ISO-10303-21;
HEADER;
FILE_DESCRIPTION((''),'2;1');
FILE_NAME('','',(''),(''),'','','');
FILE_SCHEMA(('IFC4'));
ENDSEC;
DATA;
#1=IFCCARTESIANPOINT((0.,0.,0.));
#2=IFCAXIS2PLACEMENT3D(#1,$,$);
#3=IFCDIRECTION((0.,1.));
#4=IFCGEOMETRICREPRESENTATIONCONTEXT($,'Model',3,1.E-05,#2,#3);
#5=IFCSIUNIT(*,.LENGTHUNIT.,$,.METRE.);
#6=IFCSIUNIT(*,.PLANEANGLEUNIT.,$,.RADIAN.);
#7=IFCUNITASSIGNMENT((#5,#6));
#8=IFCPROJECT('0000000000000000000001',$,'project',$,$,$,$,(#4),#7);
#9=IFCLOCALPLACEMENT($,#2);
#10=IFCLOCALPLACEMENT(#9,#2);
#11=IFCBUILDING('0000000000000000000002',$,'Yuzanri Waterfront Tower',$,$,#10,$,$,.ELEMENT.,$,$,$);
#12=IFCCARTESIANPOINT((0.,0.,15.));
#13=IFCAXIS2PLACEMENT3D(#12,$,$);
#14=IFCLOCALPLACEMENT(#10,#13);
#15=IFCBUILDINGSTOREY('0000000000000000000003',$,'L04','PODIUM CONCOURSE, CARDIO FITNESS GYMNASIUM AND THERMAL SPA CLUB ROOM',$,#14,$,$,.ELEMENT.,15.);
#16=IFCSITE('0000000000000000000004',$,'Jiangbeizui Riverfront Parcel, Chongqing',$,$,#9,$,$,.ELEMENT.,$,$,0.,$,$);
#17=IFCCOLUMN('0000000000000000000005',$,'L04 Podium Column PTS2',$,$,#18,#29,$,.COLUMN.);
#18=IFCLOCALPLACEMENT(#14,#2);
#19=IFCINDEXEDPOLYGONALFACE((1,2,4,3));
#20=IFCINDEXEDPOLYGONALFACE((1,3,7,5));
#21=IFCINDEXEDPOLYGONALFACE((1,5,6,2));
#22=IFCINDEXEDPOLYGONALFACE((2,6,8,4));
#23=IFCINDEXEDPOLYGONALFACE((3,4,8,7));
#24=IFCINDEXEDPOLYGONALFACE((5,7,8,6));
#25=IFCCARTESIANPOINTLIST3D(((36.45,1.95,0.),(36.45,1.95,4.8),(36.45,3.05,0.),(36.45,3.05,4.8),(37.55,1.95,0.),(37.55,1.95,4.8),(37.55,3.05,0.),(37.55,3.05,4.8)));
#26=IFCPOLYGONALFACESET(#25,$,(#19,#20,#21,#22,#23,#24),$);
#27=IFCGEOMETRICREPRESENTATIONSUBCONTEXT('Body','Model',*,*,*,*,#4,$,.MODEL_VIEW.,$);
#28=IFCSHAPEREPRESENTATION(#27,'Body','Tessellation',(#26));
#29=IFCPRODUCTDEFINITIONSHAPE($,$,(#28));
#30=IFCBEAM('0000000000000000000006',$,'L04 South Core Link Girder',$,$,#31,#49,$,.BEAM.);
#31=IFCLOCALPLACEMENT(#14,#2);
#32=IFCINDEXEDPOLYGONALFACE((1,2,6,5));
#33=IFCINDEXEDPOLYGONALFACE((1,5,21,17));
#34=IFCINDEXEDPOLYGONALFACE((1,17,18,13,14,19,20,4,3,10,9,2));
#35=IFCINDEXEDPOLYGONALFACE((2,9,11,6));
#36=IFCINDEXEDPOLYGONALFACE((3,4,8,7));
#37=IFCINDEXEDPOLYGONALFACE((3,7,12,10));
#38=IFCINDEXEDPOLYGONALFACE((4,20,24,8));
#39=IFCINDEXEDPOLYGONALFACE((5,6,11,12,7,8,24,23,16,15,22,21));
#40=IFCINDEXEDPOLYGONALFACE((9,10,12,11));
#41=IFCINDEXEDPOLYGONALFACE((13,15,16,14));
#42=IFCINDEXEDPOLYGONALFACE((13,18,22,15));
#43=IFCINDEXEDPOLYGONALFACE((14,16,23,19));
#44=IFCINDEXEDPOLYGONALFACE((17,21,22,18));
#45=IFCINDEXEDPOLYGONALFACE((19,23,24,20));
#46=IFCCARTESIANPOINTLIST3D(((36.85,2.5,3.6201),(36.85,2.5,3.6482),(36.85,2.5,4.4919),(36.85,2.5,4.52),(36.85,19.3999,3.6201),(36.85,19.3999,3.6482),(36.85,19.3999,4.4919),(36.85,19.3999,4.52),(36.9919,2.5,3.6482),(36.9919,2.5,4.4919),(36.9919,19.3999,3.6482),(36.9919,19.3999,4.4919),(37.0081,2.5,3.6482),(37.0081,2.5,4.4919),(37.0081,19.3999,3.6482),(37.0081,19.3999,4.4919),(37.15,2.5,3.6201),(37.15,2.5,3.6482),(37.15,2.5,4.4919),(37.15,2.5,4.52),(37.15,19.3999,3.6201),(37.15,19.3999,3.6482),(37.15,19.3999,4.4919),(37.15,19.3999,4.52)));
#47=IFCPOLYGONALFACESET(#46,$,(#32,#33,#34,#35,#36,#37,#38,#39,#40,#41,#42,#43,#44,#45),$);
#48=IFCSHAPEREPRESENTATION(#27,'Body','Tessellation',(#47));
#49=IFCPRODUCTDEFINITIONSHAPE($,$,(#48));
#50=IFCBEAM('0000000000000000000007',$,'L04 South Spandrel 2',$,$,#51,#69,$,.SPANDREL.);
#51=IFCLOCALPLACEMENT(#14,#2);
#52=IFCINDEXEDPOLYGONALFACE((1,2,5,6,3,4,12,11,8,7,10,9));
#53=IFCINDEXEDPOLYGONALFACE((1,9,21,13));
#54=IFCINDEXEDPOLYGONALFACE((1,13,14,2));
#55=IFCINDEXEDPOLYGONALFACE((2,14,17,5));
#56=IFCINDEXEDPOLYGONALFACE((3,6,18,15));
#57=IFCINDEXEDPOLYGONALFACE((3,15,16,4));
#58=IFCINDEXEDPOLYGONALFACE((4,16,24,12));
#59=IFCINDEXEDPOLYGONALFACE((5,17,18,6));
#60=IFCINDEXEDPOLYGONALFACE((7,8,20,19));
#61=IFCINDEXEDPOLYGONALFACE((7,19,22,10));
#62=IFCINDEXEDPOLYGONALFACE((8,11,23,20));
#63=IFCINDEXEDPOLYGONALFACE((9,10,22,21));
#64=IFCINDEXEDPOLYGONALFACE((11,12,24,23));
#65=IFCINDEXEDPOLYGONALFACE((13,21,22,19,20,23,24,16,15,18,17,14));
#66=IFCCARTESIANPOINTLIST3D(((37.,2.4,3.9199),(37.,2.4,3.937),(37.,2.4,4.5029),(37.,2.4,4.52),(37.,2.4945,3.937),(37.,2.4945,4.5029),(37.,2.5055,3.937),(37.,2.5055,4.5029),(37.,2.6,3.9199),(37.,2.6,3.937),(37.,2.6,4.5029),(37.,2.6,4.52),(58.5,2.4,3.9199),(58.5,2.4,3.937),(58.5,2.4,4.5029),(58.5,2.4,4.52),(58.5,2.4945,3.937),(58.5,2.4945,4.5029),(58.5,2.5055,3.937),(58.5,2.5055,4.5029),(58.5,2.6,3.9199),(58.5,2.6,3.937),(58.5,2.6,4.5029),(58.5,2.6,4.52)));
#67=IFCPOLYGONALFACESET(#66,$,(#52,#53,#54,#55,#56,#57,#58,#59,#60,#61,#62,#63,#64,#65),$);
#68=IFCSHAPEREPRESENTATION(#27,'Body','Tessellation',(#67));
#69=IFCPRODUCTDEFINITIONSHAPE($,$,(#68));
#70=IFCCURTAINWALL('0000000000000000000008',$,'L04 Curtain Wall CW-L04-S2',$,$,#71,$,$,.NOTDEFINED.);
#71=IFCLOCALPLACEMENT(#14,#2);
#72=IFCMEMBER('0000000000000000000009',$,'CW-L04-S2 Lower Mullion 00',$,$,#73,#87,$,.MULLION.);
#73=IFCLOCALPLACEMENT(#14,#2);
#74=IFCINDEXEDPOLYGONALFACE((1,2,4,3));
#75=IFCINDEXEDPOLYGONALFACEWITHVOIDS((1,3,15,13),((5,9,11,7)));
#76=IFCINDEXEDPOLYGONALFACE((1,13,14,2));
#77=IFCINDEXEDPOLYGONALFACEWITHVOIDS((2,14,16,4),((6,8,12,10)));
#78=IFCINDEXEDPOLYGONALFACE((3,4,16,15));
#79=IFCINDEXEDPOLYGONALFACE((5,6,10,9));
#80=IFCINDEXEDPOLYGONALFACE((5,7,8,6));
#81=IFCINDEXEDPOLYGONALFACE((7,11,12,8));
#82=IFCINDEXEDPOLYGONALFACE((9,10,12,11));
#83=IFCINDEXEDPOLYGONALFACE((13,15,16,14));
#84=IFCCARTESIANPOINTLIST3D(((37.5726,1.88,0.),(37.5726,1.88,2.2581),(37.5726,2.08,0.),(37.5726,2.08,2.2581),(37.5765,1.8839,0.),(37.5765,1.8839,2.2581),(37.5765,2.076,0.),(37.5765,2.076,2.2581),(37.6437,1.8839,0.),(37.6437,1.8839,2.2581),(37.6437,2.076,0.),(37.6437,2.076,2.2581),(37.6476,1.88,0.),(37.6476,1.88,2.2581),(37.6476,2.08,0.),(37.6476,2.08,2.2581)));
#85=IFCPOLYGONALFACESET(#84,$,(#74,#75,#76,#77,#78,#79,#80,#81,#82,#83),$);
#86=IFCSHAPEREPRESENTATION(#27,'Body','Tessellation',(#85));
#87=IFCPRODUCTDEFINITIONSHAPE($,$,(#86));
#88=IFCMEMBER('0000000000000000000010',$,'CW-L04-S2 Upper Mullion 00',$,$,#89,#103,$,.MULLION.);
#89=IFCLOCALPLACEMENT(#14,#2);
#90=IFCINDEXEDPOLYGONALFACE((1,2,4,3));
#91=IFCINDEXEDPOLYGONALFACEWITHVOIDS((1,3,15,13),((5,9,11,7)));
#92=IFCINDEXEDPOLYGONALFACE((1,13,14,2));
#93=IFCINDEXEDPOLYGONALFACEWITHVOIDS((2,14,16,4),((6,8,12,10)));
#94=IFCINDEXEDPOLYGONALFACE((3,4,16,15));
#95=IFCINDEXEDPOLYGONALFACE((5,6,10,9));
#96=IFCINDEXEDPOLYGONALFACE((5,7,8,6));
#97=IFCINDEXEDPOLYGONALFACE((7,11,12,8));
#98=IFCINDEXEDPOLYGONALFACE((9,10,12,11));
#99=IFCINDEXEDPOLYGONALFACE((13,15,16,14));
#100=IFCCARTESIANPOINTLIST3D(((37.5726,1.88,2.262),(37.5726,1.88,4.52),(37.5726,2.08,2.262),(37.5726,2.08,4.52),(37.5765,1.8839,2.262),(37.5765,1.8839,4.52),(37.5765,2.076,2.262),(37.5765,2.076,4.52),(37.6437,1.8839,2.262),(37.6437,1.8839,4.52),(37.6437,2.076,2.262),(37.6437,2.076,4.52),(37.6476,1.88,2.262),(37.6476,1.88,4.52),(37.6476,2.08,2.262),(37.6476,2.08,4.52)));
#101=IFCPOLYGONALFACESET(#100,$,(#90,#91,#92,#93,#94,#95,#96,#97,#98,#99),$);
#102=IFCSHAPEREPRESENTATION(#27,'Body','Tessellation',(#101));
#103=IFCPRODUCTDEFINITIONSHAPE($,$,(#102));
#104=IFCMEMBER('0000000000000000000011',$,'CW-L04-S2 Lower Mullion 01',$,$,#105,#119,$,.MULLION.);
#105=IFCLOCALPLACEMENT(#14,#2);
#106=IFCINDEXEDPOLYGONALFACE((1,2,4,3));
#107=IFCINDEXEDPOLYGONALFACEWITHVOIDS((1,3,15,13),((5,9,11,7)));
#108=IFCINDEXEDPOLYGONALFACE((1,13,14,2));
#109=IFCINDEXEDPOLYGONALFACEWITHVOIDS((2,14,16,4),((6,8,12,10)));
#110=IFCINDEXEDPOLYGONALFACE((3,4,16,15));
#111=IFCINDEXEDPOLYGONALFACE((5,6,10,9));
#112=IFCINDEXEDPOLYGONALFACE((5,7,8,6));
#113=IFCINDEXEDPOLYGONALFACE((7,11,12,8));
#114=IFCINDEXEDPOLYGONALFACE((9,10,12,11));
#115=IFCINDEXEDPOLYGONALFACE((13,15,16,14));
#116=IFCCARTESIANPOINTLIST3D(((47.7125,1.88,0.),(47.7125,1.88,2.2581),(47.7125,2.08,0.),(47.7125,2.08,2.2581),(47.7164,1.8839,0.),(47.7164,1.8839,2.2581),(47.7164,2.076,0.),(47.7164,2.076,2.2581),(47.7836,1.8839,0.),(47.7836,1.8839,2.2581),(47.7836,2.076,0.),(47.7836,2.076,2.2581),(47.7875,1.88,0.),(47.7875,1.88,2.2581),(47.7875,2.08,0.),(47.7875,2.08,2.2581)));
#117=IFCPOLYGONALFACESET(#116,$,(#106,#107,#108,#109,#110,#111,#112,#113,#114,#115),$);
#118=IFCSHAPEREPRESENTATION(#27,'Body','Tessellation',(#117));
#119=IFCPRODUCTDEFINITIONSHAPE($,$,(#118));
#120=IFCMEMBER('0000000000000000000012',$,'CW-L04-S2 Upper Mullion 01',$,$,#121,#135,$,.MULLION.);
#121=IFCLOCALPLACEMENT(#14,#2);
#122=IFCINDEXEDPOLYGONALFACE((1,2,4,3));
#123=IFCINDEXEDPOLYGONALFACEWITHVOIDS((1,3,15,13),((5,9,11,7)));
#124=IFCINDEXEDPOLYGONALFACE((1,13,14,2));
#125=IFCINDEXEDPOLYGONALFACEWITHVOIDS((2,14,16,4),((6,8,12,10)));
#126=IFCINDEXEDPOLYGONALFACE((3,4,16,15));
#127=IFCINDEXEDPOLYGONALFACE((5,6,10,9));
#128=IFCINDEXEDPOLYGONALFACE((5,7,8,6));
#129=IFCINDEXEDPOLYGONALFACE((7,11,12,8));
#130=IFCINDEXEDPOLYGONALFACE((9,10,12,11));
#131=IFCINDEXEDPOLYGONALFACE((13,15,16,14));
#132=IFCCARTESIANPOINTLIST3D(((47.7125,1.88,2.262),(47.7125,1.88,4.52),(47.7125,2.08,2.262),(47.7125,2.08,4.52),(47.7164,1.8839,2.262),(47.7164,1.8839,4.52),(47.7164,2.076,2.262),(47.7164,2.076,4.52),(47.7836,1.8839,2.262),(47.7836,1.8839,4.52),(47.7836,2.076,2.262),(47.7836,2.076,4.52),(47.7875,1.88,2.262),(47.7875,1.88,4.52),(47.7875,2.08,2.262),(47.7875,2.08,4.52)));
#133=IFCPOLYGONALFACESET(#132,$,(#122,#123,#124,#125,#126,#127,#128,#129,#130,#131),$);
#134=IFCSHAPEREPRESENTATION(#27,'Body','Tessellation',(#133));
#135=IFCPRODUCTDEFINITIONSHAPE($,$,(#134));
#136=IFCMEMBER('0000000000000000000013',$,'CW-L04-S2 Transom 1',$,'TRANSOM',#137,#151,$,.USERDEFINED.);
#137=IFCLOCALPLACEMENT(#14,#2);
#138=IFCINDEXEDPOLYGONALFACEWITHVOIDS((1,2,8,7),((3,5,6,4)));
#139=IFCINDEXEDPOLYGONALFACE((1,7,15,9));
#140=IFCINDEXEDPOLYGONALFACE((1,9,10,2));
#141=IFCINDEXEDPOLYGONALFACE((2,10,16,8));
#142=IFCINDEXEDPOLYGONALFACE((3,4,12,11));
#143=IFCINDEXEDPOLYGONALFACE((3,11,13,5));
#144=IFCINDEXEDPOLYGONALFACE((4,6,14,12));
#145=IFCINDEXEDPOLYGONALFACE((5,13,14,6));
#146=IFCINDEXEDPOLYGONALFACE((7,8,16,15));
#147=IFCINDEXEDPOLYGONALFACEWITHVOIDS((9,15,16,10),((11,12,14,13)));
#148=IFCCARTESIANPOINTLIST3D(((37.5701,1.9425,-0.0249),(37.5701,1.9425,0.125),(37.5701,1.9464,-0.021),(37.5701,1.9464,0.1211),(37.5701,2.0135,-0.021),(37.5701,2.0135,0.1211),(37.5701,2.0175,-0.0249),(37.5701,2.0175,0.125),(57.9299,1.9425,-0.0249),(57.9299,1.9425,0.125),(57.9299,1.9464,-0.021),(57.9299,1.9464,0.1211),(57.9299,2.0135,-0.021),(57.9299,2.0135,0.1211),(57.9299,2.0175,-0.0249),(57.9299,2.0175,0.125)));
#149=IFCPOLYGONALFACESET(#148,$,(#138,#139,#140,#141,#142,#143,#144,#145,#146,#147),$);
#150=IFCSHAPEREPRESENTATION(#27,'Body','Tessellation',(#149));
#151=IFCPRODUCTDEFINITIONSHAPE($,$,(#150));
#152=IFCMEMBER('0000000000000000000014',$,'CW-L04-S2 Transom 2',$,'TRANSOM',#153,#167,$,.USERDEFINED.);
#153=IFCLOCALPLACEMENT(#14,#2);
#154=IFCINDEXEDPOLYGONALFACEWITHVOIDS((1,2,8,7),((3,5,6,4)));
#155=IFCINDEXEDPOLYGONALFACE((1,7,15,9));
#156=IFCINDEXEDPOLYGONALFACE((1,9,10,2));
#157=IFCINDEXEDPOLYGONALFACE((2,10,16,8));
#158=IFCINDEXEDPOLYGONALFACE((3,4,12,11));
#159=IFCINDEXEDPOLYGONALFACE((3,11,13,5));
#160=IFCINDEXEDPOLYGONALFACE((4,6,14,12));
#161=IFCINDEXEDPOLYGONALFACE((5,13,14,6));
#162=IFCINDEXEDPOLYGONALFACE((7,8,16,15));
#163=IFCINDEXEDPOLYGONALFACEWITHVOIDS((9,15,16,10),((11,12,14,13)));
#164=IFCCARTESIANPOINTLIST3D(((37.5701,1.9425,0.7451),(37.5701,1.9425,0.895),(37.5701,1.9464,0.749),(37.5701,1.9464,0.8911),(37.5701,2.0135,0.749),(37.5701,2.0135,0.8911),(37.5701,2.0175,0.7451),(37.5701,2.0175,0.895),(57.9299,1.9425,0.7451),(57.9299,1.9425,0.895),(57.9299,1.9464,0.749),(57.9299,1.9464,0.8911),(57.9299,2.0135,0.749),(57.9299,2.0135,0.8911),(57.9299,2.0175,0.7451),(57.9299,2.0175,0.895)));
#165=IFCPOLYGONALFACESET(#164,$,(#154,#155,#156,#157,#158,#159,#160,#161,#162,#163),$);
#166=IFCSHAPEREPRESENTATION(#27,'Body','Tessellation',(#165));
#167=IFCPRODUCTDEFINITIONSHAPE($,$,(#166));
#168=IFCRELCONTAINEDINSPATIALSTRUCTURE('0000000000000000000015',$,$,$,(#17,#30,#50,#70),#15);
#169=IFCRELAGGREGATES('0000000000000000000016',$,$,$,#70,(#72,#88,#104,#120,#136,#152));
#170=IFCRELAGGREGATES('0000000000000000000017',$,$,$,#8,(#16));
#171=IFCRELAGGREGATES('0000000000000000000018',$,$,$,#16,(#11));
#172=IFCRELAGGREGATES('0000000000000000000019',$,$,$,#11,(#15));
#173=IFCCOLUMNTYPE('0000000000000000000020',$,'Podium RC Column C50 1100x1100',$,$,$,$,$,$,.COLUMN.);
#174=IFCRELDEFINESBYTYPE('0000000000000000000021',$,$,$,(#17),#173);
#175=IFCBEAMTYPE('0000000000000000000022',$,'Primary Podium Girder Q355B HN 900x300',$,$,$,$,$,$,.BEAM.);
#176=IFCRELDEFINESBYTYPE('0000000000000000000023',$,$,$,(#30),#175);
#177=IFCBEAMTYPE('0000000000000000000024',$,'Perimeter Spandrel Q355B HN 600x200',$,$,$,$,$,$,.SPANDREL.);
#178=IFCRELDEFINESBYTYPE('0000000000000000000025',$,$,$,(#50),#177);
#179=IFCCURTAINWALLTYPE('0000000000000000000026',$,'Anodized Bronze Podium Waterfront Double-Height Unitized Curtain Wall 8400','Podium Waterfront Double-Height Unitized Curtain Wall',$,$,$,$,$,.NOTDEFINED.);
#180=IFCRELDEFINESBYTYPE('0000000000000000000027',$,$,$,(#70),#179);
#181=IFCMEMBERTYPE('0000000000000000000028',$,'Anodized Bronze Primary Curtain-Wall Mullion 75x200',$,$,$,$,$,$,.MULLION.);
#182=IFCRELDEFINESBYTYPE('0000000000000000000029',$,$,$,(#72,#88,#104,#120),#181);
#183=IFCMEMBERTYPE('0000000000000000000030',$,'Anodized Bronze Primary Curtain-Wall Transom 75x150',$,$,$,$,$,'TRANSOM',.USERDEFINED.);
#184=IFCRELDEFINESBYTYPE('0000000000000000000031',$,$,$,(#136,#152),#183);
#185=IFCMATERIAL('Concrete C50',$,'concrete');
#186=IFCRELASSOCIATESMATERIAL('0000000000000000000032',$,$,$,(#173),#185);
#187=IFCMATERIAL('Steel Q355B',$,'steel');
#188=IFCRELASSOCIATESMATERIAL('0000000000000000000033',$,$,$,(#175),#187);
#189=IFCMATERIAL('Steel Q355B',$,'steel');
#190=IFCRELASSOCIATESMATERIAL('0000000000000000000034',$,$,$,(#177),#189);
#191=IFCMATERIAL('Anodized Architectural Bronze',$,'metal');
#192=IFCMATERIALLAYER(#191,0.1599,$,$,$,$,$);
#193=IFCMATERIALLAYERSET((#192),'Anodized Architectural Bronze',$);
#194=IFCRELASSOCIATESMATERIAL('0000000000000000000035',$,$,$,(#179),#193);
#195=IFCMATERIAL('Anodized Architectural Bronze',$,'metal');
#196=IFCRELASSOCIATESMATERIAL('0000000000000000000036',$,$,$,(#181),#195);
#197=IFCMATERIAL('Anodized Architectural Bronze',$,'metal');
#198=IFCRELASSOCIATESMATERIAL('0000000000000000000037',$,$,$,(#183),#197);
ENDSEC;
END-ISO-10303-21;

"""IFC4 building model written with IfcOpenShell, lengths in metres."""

from ifc_helpers import new_model, si_unit, direction, frame, origin, origin_2d, place, context, subcontext, project, spatial, rectangle, hollow_rectangle, i_section, extrude, source, transform, mapped, material, layer, layer_set, material_profile, profile_set, type_object, element, aggregate, save


model = new_model("IFC4")

# Units and contexts
model_context = context("Model", 3, precision=1e-05, world=origin(), true_north=direction((0.0, 1.0)))
body_context = subcontext(model_context, "Body", "Model", "MODEL_VIEW")
ifc_project = project(units=[si_unit("LENGTHUNIT", "METRE"), si_unit("PLANEANGLEUNIT", "RADIAN")], contexts=[model_context])

# Site, building, storey
site_placement = place(None, origin())
site = spatial("IfcSite", under=ifc_project, at=site_placement, Name="Jiangbeizui Riverfront Parcel, Chongqing", CompositionType="ELEMENT", RefElevation=0.0)
building_placement = place(site_placement, origin())
building = spatial("IfcBuilding", under=site, at=building_placement, Name="Yuzanri Waterfront Tower", CompositionType="ELEMENT")
storey_placement = place(building_placement, frame((0.0, 0.0, 15.0)))
storey = spatial("IfcBuildingStorey", under=building, at=storey_placement, Name="L04", Description="PODIUM CONCOURSE, CARDIO FITNESS GYMNASIUM AND THERMAL SPA CLUB ROOM", CompositionType="ELEMENT", Elevation=15.0)

# Column
ifc_material_1 = material(Name="Concrete C50", Category="concrete")
ifc_material_profile_1 = material_profile(ifc_material_1, rectangle(XDim=1.1001, YDim=1.1001, at=origin_2d()), Name="RC 1100x1100")
ifc_profile_set_1 = profile_set([ifc_material_profile_1], Name="Concrete C50")
column_type = type_object("IfcColumnType", Name="Podium RC Column C50 1100x1100", PredefinedType="COLUMN", material=ifc_profile_set_1)
shared_shape_1 = source(origin(), body_context, "Body", "SweptSolid", [
    extrude(rectangle(XDim=1.1001, YDim=1.1001, at=origin_2d()), origin(), (0.0, 0.0, 1.0), 4.8),
])
column_placement = place(storey_placement, frame((37.0, 2.5, 0.0), z_axis=(0.0, 0.0, 1.0), x_axis=(1.0, 0.0, 0.0)))
element("IfcColumn", 1, at=column_placement, inside=storey, type_object=column_type, Name="L04 Podium Column PTS2", PredefinedType="COLUMN", context=body_context, shape_type="MappedRepresentation", body=[
    mapped(shared_shape_1, transform((0.0, 0.0, 0.0), scale=1.0)),
])

# Beams
ifc_material_2 = material(Name="Steel Q355B", Category="steel")
ifc_material_profile_2 = material_profile(ifc_material_2, i_section(OverallWidth=0.3, OverallDepth=0.8999, WebThickness=0.0161, FlangeThickness=0.0281, at=origin_2d()), Name="HN 900x300x16x28")
ifc_profile_set_2 = profile_set([ifc_material_profile_2], Name="Steel Q355B")
beam_type_1 = type_object("IfcBeamType", Name="Primary Podium Girder Q355B HN 900x300", PredefinedType="BEAM", material=ifc_profile_set_2)
shared_shape_2 = source(origin(), body_context, "Body", "SweptSolid", [
    extrude(i_section(OverallWidth=0.3, OverallDepth=0.8999, WebThickness=0.0161, FlangeThickness=0.0281, at=origin_2d()), origin(), (0.0, 0.0, 1.0), 16.8999),
])
beam_1_placement = place(storey_placement, frame((37.0, 2.5, 4.0701), z_axis=(0.0, 1.0, 0.0), x_axis=(-1.0, 0.0, 0.0)))
element("IfcBeam", 2, at=beam_1_placement, inside=storey, type_object=beam_type_1, Name="L04 South Core Link Girder", PredefinedType="BEAM", context=body_context, shape_type="MappedRepresentation", body=[
    mapped(shared_shape_2, transform((0.0, 0.0, 0.0), scale=1.0)),
])
ifc_material_3 = material(Name="Steel Q355B", Category="steel")
ifc_material_profile_3 = material_profile(ifc_material_3, i_section(OverallWidth=0.2, OverallDepth=0.6001, WebThickness=0.011, FlangeThickness=0.0171, at=origin_2d()), Name="HN 600x200x11x17")
ifc_profile_set_3 = profile_set([ifc_material_profile_3], Name="Steel Q355B")
beam_type_2 = type_object("IfcBeamType", Name="Perimeter Spandrel Q355B HN 600x200", PredefinedType="SPANDREL", material=ifc_profile_set_3)
shared_shape_3 = source(origin(), body_context, "Body", "SweptSolid", [
    extrude(i_section(OverallWidth=0.2, OverallDepth=0.6001, WebThickness=0.011, FlangeThickness=0.0171, at=origin_2d()), origin(), (0.0, 0.0, 1.0), 21.5),
])
beam_2_placement = place(storey_placement, frame((37.0, 2.5, 4.22), z_axis=(1.0, 0.0, 0.0), x_axis=(0.0, 1.0, 0.0)))
element("IfcBeam", 3, at=beam_2_placement, inside=storey, type_object=beam_type_2, Name="L04 South Spandrel 2", PredefinedType="SPANDREL", context=body_context, shape_type="MappedRepresentation", body=[
    mapped(shared_shape_3, transform((0.0, 0.0, 0.0), scale=1.0)),
])

# Curtain wall, members
ifc_material_4 = material(Name="Anodized Architectural Bronze", Category="metal")
ifc_layer_1 = layer(ifc_material_4, 0.1599)
ifc_layer_set_1 = layer_set([ifc_layer_1], Name="Anodized Architectural Bronze")
curtain_wall_type = type_object("IfcCurtainWallType", Name="Anodized Bronze Podium Waterfront Double-Height Unitized Curtain Wall 8400", Description="Podium Waterfront Double-Height Unitized Curtain Wall", PredefinedType="NOTDEFINED", material=ifc_layer_set_1)
curtain_wall_placement = place(storey_placement, origin())
curtain_wall = element("IfcCurtainWall", 4, at=curtain_wall_placement, inside=storey, type_object=curtain_wall_type, Name="L04 Curtain Wall CW-L04-S2", PredefinedType="NOTDEFINED")
ifc_material_5 = material(Name="Anodized Architectural Bronze", Category="metal")
ifc_material_profile_4 = material_profile(ifc_material_5, hollow_rectangle(XDim=0.075, YDim=0.2, WallThickness=0.0039, at=origin_2d()), Name="CWM 75x200")
ifc_profile_set_4 = profile_set([ifc_material_profile_4], Name="Anodized Architectural Bronze")
member_type_1 = type_object("IfcMemberType", Name="Anodized Bronze Primary Curtain-Wall Mullion 75x200", PredefinedType="MULLION", material=ifc_profile_set_4)
shared_shape_4 = source(origin(), body_context, "Body", "SweptSolid", [
    extrude(hollow_rectangle(XDim=0.075, YDim=0.2, WallThickness=0.0039, at=origin_2d()), origin(), (0.0, 0.0, 1.0), 2.2581),
])
member_1_placement = place(storey_placement, frame((37.6101, 1.98, 0.0), z_axis=(0.0, 0.0, 1.0), x_axis=(1.0, 0.0, 0.0)))
member_1 = element("IfcMember", 5, at=member_1_placement, type_object=member_type_1, Name="CW-L04-S2 Lower Mullion 00", PredefinedType="MULLION", context=body_context, shape_type="MappedRepresentation", body=[
    mapped(shared_shape_4, transform((0.0, 0.0, 0.0), scale=1.0)),
])
member_2_placement = place(storey_placement, frame((37.6101, 1.98, 2.262), z_axis=(0.0, 0.0, 1.0), x_axis=(1.0, 0.0, 0.0)))
member_2 = element("IfcMember", 6, at=member_2_placement, type_object=member_type_1, Name="CW-L04-S2 Upper Mullion 00", PredefinedType="MULLION", context=body_context, shape_type="MappedRepresentation", body=[
    mapped(shared_shape_4, transform((0.0, 0.0, 0.0), scale=1.0)),
])
member_3_placement = place(storey_placement, frame((47.75, 1.98, 0.0), z_axis=(0.0, 0.0, 1.0), x_axis=(1.0, 0.0, 0.0)))
member_3 = element("IfcMember", 7, at=member_3_placement, type_object=member_type_1, Name="CW-L04-S2 Lower Mullion 01", PredefinedType="MULLION", context=body_context, shape_type="MappedRepresentation", body=[
    mapped(shared_shape_4, transform((0.0, 0.0, 0.0), scale=1.0)),
])
member_4_placement = place(storey_placement, frame((47.75, 1.98, 2.262), z_axis=(0.0, 0.0, 1.0), x_axis=(1.0, 0.0, 0.0)))
member_4 = element("IfcMember", 8, at=member_4_placement, type_object=member_type_1, Name="CW-L04-S2 Upper Mullion 01", PredefinedType="MULLION", context=body_context, shape_type="MappedRepresentation", body=[
    mapped(shared_shape_4, transform((0.0, 0.0, 0.0), scale=1.0)),
])
ifc_material_6 = material(Name="Anodized Architectural Bronze", Category="metal")
ifc_material_profile_5 = material_profile(ifc_material_6, hollow_rectangle(XDim=0.075, YDim=0.1499, WallThickness=0.0039, at=origin_2d()), Name="CWT 75x150")
ifc_profile_set_5 = profile_set([ifc_material_profile_5], Name="Anodized Architectural Bronze")
member_type_2 = type_object("IfcMemberType", Name="Anodized Bronze Primary Curtain-Wall Transom 75x150", ElementType="TRANSOM", PredefinedType="USERDEFINED", material=ifc_profile_set_5)
shared_shape_5 = source(origin(), body_context, "Body", "SweptSolid", [
    extrude(hollow_rectangle(XDim=0.075, YDim=0.1499, WallThickness=0.0039, at=origin_2d()), origin(), (0.0, 0.0, 1.0), 20.3599),
])
member_5_placement = place(storey_placement, frame((37.5701, 1.98, 0.05), z_axis=(1.0, 0.0, 0.0), x_axis=(0.0, 1.0, 0.0)))
member_5 = element("IfcMember", 9, at=member_5_placement, type_object=member_type_2, Name="CW-L04-S2 Transom 1", ObjectType="TRANSOM", PredefinedType="USERDEFINED", context=body_context, shape_type="MappedRepresentation", body=[
    mapped(shared_shape_5, transform((0.0, 0.0, 0.0), scale=1.0)),
])
member_6_placement = place(storey_placement, frame((37.5701, 1.98, 0.8201), z_axis=(1.0, 0.0, 0.0), x_axis=(0.0, 1.0, 0.0)))
member_6 = element("IfcMember", 10, at=member_6_placement, type_object=member_type_2, Name="CW-L04-S2 Transom 2", ObjectType="TRANSOM", PredefinedType="USERDEFINED", context=body_context, shape_type="MappedRepresentation", body=[
    mapped(shared_shape_5, transform((0.0, 0.0, 0.0), scale=1.0)),
])
aggregate(curtain_wall, [member_1, member_2, member_3, member_4, member_5, member_6])

save(model, "model.ifc")
